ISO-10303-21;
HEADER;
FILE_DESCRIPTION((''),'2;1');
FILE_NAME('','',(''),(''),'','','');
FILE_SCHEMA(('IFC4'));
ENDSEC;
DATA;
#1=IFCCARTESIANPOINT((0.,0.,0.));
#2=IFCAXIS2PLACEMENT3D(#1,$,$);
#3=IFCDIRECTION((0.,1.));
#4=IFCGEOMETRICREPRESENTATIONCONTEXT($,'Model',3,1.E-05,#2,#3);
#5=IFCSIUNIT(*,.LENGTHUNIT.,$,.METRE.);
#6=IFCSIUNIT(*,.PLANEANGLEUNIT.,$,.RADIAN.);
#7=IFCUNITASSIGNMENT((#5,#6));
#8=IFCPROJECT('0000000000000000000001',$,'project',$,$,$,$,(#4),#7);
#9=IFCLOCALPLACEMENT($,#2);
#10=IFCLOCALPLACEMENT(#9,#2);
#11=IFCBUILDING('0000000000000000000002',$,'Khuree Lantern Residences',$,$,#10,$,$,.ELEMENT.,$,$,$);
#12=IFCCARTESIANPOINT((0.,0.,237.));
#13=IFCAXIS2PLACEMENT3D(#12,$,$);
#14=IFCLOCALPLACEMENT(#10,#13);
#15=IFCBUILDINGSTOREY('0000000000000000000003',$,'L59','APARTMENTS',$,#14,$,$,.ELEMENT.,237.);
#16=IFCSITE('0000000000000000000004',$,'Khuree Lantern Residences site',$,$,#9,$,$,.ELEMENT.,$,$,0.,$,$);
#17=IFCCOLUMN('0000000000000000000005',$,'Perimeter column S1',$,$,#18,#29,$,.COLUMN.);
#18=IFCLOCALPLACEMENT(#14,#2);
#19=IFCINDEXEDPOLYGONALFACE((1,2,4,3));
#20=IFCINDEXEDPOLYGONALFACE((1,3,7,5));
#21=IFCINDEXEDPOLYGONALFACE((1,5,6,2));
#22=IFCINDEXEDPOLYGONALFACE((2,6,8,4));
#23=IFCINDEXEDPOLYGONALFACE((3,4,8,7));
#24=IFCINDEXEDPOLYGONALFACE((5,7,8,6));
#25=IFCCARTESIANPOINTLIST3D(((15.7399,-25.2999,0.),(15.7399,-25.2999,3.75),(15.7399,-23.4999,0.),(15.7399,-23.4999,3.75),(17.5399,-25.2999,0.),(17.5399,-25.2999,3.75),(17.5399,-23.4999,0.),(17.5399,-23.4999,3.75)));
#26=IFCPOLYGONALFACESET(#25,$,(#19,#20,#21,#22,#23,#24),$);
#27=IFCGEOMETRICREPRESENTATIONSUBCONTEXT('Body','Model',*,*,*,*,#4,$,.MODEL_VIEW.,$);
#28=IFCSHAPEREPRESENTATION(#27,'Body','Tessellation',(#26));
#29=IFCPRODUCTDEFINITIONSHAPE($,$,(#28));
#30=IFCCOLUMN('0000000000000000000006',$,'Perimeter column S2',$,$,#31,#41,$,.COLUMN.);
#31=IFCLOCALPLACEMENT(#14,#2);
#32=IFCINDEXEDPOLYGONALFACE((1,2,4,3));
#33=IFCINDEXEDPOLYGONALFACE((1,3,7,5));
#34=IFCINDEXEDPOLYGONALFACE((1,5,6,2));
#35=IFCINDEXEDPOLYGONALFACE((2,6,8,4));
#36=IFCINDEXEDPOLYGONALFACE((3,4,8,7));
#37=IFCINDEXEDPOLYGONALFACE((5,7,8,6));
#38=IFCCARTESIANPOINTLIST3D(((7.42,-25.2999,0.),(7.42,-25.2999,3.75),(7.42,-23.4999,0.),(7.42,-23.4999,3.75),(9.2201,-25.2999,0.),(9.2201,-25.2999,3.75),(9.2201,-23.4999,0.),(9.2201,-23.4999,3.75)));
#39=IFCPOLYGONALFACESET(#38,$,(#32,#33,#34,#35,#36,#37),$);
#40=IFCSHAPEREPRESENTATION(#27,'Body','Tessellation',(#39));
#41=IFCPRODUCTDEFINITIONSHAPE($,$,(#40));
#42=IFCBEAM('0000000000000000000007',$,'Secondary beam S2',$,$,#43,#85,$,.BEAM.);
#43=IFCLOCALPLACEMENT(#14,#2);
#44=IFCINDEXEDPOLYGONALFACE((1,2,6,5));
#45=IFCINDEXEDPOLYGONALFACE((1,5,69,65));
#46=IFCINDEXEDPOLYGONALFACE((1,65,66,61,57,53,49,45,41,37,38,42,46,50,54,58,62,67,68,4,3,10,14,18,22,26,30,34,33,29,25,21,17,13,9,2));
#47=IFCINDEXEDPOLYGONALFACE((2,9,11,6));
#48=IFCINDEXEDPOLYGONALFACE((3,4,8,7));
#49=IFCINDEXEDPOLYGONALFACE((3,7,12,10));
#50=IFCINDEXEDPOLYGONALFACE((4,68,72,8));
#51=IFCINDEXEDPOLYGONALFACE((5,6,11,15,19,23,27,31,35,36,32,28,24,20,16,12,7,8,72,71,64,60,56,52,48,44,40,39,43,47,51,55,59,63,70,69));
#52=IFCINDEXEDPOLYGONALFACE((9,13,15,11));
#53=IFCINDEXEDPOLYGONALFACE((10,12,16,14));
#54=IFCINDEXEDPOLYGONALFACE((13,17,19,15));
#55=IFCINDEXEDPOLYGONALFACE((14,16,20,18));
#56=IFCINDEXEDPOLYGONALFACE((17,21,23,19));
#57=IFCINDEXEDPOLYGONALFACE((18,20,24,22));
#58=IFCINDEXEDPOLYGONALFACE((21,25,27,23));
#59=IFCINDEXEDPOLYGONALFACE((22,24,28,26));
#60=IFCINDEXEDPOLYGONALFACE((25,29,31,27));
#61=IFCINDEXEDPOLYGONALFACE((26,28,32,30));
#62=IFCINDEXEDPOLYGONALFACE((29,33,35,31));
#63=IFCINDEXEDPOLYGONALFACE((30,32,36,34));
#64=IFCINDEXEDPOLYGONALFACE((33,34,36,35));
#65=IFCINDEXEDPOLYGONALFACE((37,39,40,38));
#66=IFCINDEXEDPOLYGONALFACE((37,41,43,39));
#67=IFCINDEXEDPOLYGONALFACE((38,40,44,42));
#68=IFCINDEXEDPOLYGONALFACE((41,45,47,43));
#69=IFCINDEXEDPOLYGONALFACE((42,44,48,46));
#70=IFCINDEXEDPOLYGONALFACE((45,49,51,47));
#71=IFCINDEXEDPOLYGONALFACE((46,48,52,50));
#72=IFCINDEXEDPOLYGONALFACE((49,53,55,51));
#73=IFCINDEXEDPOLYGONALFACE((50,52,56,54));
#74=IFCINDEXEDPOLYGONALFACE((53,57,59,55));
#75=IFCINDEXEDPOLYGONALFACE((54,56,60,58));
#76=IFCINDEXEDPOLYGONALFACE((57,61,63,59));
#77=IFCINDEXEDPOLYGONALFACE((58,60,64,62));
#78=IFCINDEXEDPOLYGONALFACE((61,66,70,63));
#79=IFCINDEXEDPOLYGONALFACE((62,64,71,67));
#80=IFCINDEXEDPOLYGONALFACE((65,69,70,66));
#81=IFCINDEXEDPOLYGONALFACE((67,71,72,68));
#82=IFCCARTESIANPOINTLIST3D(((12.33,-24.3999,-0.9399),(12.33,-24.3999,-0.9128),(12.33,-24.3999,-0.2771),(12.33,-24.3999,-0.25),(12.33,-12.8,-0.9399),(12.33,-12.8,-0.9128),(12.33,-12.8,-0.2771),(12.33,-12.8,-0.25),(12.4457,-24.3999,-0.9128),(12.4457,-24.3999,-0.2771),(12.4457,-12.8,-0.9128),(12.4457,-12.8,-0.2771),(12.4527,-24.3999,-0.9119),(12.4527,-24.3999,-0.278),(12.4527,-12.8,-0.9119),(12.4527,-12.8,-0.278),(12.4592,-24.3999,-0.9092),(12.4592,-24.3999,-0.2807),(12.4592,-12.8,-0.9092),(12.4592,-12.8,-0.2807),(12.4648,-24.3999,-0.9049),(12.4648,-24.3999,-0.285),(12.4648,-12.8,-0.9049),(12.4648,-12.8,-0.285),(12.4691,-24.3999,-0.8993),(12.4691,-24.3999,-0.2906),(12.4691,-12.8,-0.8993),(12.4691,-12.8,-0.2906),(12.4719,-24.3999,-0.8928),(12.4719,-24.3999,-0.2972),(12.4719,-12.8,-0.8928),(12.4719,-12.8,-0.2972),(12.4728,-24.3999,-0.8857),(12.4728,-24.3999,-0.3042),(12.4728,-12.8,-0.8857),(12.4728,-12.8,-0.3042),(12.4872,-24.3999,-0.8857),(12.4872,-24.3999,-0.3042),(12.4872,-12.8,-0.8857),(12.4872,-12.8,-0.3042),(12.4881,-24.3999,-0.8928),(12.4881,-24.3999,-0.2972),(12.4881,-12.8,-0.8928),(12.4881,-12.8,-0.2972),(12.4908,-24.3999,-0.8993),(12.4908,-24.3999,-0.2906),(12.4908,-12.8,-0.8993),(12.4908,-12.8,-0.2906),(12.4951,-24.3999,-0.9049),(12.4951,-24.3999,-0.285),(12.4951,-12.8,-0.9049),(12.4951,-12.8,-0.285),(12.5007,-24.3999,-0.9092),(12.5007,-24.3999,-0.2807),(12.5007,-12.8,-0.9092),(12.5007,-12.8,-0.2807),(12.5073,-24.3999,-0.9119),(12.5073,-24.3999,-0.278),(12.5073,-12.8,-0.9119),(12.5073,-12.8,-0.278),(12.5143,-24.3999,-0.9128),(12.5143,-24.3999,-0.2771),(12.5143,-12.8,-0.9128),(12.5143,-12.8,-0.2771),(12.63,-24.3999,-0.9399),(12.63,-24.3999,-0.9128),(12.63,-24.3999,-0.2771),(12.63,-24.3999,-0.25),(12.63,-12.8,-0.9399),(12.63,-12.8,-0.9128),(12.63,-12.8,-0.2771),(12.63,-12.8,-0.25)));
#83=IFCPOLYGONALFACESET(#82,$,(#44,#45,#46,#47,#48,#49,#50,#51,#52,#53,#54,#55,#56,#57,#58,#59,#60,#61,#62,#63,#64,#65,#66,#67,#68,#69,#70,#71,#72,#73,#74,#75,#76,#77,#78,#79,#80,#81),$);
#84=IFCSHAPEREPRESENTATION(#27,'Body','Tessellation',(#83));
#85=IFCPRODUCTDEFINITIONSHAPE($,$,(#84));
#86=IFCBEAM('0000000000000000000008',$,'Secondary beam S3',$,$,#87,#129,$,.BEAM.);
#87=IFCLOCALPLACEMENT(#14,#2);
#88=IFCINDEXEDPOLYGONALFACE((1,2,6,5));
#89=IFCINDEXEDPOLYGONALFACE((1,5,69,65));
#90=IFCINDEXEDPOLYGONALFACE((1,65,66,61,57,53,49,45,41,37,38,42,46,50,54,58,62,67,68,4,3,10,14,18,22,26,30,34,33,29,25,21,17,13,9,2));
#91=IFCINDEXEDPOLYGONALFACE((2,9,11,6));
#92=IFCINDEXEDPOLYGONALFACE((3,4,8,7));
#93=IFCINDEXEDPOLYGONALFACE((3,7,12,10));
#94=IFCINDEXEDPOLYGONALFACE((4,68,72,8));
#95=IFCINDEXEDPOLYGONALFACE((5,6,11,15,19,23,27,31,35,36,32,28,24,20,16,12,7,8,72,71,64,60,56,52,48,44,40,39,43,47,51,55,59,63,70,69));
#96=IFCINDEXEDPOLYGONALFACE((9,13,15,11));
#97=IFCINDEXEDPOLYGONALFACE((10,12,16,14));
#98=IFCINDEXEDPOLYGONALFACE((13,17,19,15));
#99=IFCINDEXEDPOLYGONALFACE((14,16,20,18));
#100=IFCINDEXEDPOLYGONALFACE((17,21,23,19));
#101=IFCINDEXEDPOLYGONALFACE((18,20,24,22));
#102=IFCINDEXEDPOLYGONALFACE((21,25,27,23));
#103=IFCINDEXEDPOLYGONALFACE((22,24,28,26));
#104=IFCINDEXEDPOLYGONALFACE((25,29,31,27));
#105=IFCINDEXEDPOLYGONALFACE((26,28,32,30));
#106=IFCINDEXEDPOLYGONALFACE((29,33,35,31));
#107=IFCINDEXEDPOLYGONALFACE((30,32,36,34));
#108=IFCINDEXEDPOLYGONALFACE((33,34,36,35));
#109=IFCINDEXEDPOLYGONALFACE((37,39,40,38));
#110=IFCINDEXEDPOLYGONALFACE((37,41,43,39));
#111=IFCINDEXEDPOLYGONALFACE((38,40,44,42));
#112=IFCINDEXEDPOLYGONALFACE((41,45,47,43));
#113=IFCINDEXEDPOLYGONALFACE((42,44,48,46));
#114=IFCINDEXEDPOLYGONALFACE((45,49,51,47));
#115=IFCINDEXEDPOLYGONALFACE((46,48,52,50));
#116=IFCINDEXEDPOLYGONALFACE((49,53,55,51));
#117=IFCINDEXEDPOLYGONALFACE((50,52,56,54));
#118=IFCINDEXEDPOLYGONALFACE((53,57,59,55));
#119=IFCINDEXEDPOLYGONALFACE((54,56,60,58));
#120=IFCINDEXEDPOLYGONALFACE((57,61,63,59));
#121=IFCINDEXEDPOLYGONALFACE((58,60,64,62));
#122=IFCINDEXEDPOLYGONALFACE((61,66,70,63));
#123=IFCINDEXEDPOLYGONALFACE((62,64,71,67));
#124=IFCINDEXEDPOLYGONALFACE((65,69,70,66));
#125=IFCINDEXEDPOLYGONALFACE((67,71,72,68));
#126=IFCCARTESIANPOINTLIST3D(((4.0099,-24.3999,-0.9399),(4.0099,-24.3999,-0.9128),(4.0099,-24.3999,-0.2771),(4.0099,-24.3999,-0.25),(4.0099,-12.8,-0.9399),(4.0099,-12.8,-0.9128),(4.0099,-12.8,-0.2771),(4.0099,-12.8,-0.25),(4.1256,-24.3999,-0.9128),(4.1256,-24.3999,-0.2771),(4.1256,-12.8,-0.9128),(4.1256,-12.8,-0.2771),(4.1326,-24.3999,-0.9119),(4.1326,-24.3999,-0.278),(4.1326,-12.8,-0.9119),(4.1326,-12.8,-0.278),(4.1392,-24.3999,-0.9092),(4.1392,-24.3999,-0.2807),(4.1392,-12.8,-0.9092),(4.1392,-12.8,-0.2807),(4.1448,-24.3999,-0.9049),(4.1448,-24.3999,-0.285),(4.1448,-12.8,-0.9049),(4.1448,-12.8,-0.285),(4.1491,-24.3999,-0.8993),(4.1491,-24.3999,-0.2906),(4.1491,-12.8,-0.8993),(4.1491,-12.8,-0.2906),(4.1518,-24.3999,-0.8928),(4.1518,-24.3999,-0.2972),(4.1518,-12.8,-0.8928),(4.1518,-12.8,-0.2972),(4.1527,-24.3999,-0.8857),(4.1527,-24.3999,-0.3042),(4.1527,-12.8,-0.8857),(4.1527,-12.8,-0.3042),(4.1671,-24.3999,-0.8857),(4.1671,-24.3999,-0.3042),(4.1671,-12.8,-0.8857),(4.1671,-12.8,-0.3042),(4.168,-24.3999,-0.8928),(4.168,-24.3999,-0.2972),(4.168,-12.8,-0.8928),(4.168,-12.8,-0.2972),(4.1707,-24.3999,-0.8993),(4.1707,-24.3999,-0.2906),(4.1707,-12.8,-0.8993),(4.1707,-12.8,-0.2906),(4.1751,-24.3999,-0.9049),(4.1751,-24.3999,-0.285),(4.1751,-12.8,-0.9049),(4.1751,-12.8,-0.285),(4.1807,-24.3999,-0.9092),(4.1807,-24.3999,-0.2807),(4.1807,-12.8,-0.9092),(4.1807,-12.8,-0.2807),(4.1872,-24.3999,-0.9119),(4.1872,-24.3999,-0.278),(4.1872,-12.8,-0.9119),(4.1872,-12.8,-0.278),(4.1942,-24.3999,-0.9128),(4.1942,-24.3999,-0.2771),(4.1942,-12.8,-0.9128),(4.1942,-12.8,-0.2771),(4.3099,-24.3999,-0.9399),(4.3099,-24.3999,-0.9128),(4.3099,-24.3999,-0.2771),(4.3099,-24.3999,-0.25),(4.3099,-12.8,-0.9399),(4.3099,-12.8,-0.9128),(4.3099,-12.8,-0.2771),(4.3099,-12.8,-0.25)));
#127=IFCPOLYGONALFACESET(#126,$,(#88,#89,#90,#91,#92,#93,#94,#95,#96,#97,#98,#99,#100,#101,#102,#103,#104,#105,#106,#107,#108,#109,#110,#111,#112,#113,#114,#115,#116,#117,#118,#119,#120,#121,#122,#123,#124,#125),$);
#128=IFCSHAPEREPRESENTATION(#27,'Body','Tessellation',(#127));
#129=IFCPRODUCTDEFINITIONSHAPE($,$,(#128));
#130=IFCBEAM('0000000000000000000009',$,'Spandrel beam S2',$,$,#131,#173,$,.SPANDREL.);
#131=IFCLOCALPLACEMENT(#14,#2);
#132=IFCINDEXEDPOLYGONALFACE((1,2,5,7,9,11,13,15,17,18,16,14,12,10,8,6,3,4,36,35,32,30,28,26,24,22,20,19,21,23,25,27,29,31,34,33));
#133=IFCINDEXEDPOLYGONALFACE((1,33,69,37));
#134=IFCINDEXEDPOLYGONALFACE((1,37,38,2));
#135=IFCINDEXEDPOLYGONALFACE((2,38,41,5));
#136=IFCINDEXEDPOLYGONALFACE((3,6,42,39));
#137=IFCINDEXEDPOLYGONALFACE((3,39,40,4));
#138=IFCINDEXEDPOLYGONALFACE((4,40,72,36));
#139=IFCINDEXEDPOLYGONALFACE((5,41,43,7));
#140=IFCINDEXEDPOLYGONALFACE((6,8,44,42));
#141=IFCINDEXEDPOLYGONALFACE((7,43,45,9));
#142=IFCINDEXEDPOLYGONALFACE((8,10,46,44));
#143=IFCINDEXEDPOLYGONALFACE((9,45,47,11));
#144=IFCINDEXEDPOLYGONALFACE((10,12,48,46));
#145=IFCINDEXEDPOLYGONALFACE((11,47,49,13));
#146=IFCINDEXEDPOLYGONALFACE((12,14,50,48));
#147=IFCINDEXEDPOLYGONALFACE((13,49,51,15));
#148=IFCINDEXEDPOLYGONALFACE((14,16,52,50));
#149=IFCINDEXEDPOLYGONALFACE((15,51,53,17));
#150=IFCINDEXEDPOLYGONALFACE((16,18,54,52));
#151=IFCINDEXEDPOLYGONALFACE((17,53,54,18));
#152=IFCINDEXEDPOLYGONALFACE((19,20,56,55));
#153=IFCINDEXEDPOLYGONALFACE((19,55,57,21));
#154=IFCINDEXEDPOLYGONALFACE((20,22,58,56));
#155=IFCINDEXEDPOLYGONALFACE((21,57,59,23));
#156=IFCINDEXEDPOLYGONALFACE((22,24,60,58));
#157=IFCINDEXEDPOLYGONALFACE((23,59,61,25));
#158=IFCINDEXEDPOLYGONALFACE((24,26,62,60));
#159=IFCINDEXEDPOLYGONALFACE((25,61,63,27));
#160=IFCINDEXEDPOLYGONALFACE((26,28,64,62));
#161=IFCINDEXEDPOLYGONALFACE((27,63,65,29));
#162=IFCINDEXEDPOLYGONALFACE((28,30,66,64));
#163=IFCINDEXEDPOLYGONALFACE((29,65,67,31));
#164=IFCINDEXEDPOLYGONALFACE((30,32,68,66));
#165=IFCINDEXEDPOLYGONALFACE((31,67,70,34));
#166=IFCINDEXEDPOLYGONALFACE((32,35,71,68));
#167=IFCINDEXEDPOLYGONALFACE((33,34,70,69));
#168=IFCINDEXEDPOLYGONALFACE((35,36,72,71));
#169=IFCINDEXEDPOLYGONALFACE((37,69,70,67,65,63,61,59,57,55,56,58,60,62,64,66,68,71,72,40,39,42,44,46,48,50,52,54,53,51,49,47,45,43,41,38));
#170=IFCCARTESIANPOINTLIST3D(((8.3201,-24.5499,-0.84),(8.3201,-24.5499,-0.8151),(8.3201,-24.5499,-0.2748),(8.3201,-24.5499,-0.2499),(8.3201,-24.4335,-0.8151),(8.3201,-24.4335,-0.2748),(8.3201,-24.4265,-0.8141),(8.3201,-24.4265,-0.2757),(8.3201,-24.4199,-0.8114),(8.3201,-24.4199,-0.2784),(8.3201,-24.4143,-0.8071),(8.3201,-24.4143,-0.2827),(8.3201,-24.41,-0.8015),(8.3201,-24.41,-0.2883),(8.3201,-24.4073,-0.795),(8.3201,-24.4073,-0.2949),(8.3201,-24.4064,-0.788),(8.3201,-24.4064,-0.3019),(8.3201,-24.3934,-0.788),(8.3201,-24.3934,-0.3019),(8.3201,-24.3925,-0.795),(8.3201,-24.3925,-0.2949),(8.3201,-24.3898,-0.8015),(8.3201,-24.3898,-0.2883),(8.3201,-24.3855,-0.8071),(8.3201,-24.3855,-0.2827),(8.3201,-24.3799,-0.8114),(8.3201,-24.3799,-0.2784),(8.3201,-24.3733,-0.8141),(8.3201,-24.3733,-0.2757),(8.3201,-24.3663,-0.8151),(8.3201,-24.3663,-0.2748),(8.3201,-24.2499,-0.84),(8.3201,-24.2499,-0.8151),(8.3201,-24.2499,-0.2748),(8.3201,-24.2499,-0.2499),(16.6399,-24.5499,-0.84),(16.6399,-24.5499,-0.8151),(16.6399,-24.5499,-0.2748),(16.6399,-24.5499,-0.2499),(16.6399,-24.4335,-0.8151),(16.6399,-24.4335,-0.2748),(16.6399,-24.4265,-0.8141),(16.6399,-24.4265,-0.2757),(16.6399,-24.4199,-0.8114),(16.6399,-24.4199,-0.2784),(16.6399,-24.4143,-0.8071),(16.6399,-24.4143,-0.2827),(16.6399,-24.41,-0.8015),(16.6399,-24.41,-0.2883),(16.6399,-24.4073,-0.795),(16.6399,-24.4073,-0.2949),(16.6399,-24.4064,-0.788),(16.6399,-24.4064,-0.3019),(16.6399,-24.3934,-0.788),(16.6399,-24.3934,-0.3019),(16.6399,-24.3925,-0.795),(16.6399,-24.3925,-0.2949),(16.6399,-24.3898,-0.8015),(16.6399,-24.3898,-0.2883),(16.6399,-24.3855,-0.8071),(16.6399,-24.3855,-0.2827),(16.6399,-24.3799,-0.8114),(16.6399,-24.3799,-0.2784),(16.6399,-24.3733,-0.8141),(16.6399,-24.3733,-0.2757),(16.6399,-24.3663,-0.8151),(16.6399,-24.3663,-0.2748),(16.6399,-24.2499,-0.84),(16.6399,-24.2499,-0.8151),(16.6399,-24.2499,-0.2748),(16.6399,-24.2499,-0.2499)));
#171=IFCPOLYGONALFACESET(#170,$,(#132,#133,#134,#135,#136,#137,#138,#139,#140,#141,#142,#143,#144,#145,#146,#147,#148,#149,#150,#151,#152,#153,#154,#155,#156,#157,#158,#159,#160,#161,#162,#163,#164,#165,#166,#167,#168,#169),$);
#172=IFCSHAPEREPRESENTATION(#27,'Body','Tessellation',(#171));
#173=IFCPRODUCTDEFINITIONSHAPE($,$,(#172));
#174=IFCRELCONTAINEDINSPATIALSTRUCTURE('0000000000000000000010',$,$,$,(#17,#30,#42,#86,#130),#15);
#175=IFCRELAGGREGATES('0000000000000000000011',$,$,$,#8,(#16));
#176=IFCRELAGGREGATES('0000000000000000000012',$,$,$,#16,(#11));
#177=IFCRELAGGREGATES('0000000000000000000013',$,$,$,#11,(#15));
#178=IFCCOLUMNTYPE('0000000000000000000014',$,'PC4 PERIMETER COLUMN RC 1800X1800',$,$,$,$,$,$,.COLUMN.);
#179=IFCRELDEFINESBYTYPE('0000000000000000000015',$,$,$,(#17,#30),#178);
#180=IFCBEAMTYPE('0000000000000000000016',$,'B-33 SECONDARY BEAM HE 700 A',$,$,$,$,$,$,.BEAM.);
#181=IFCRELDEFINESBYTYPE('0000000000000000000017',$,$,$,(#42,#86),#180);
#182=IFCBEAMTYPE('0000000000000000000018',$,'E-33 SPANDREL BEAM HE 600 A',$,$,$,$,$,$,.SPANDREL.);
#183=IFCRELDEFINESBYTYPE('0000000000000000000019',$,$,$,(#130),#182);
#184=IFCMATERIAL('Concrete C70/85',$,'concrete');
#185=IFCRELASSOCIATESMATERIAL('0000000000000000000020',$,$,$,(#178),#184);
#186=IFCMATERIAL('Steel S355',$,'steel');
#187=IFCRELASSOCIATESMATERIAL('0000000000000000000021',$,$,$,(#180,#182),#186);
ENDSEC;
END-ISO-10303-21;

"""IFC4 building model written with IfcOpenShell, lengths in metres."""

from ifc_helpers import new_model, si_unit, direction, frame, origin, origin_2d, place, context, subcontext, project, spatial, rectangle, i_section, extrude, material, material_profile, profile_set, type_object, element, save


model = new_model("IFC4")

# Units and contexts
model_context = context("Model", 3, precision=1e-05, world=origin(), true_north=direction((0.0, 1.0)))
body_context = subcontext(model_context, "Body", "Model", "MODEL_VIEW")
ifc_project = project(units=[si_unit("LENGTHUNIT", "METRE"), si_unit("PLANEANGLEUNIT", "RADIAN")], contexts=[model_context])

# Site, building, storey
site_placement = place(None, origin())
site = spatial("IfcSite", under=ifc_project, at=site_placement, Name="Khuree Lantern Residences site", CompositionType="ELEMENT", RefElevation=0.0)
building_placement = place(site_placement, origin())
building = spatial("IfcBuilding", under=site, at=building_placement, Name="Khuree Lantern Residences", CompositionType="ELEMENT")
storey_placement = place(building_placement, frame((0.0, 0.0, 237.0)))
storey = spatial("IfcBuildingStorey", under=building, at=storey_placement, Name="L59", Description="APARTMENTS", CompositionType="ELEMENT", Elevation=237.0)

# Columns
ifc_material_1 = material(Name="Concrete C70/85", Category="concrete")
ifc_material_profile_1 = material_profile(ifc_material_1, rectangle(XDim=1.8, YDim=1.8, at=origin_2d()), Name="RC 1800X1800")
ifc_profile_set_1 = profile_set([ifc_material_profile_1], Name="Concrete C70/85")
column_type = type_object("IfcColumnType", Name="PC4 PERIMETER COLUMN RC 1800X1800", PredefinedType="COLUMN", material=ifc_profile_set_1)
for number, where, z_axis, x_axis, name in (
    (1, (16.6399, -24.3999, 0.0), (0.0, 0.0, 1.0), (1.0, 0.0, 0.0), "Perimeter column S1"),
    (2, (8.3201, -24.3999, 0.0), (0.0, 0.0, 1.0), (1.0, 0.0, 0.0), "Perimeter column S2"),
):
    element("IfcColumn", number, at=place(storey_placement, frame(where, z_axis=z_axis, x_axis=x_axis)), inside=storey, type_object=column_type, Name=name, PredefinedType="COLUMN", context=body_context, shape_type="SweptSolid", body=[
        extrude(rectangle(XDim=1.8, YDim=1.8, at=origin_2d()), origin(), (0.0, 0.0, 1.0), 3.75),
    ])

# Beams
ifc_material_2 = material(Name="Steel S355", Category="steel")
ifc_material_profile_2 = material_profile(ifc_material_2, i_section(OverallWidth=0.3, OverallDepth=0.6899, WebThickness=0.0144, FlangeThickness=0.0271, FilletRadius=0.0271, at=origin_2d()), Name="HE 700 A")
ifc_profile_set_2 = profile_set([ifc_material_profile_2], Name="Steel S355")
beam_type_1 = type_object("IfcBeamType", Name="B-33 SECONDARY BEAM HE 700 A", PredefinedType="BEAM", material=ifc_profile_set_2)
for number, where, z_axis, x_axis, name in (
    (3, (12.48, -24.3999, -0.595), (0.0, 1.0, 0.0), (-1.0, 0.0, 0.0), "Secondary beam S2"),
    (4, (4.1599, -24.3999, -0.595), (0.0, 1.0, 0.0), (-1.0, 0.0, 0.0), "Secondary beam S3"),
):
    element("IfcBeam", number, at=place(storey_placement, frame(where, z_axis=z_axis, x_axis=x_axis)), inside=storey, type_object=beam_type_1, Name=name, PredefinedType="BEAM", context=body_context, shape_type="SweptSolid", body=[
        extrude(i_section(OverallWidth=0.3, OverallDepth=0.6899, WebThickness=0.0144, FlangeThickness=0.0271, FilletRadius=0.0271, at=origin_2d()), origin(), (0.0, 0.0, 1.0), 11.5999),
    ])
ifc_material_profile_3 = material_profile(ifc_material_2, i_section(OverallWidth=0.3, OverallDepth=0.5901, WebThickness=0.0129, FlangeThickness=0.0249, FilletRadius=0.0271, at=origin_2d()), Name="HE 600 A")
ifc_profile_set_3 = profile_set([ifc_material_profile_3], Name="Steel S355")
beam_type_2 = type_object("IfcBeamType", Name="E-33 SPANDREL BEAM HE 600 A", PredefinedType="SPANDREL", material=ifc_profile_set_3)
beam_1_placement = place(storey_placement, frame((16.6399, -24.3999, -0.5449), z_axis=(-1.0, 0.0, 0.0), x_axis=(0.0, -1.0, 0.0)))
element("IfcBeam", 5, at=beam_1_placement, inside=storey, type_object=beam_type_2, Name="Spandrel beam S2", PredefinedType="SPANDREL", context=body_context, shape_type="SweptSolid", body=[
    extrude(i_section(OverallWidth=0.3, OverallDepth=0.5901, WebThickness=0.0129, FlangeThickness=0.0249, FilletRadius=0.0271, at=origin_2d()), origin(), (0.0, 0.0, 1.0), 8.3198),
])

save(model, "model.ifc")
